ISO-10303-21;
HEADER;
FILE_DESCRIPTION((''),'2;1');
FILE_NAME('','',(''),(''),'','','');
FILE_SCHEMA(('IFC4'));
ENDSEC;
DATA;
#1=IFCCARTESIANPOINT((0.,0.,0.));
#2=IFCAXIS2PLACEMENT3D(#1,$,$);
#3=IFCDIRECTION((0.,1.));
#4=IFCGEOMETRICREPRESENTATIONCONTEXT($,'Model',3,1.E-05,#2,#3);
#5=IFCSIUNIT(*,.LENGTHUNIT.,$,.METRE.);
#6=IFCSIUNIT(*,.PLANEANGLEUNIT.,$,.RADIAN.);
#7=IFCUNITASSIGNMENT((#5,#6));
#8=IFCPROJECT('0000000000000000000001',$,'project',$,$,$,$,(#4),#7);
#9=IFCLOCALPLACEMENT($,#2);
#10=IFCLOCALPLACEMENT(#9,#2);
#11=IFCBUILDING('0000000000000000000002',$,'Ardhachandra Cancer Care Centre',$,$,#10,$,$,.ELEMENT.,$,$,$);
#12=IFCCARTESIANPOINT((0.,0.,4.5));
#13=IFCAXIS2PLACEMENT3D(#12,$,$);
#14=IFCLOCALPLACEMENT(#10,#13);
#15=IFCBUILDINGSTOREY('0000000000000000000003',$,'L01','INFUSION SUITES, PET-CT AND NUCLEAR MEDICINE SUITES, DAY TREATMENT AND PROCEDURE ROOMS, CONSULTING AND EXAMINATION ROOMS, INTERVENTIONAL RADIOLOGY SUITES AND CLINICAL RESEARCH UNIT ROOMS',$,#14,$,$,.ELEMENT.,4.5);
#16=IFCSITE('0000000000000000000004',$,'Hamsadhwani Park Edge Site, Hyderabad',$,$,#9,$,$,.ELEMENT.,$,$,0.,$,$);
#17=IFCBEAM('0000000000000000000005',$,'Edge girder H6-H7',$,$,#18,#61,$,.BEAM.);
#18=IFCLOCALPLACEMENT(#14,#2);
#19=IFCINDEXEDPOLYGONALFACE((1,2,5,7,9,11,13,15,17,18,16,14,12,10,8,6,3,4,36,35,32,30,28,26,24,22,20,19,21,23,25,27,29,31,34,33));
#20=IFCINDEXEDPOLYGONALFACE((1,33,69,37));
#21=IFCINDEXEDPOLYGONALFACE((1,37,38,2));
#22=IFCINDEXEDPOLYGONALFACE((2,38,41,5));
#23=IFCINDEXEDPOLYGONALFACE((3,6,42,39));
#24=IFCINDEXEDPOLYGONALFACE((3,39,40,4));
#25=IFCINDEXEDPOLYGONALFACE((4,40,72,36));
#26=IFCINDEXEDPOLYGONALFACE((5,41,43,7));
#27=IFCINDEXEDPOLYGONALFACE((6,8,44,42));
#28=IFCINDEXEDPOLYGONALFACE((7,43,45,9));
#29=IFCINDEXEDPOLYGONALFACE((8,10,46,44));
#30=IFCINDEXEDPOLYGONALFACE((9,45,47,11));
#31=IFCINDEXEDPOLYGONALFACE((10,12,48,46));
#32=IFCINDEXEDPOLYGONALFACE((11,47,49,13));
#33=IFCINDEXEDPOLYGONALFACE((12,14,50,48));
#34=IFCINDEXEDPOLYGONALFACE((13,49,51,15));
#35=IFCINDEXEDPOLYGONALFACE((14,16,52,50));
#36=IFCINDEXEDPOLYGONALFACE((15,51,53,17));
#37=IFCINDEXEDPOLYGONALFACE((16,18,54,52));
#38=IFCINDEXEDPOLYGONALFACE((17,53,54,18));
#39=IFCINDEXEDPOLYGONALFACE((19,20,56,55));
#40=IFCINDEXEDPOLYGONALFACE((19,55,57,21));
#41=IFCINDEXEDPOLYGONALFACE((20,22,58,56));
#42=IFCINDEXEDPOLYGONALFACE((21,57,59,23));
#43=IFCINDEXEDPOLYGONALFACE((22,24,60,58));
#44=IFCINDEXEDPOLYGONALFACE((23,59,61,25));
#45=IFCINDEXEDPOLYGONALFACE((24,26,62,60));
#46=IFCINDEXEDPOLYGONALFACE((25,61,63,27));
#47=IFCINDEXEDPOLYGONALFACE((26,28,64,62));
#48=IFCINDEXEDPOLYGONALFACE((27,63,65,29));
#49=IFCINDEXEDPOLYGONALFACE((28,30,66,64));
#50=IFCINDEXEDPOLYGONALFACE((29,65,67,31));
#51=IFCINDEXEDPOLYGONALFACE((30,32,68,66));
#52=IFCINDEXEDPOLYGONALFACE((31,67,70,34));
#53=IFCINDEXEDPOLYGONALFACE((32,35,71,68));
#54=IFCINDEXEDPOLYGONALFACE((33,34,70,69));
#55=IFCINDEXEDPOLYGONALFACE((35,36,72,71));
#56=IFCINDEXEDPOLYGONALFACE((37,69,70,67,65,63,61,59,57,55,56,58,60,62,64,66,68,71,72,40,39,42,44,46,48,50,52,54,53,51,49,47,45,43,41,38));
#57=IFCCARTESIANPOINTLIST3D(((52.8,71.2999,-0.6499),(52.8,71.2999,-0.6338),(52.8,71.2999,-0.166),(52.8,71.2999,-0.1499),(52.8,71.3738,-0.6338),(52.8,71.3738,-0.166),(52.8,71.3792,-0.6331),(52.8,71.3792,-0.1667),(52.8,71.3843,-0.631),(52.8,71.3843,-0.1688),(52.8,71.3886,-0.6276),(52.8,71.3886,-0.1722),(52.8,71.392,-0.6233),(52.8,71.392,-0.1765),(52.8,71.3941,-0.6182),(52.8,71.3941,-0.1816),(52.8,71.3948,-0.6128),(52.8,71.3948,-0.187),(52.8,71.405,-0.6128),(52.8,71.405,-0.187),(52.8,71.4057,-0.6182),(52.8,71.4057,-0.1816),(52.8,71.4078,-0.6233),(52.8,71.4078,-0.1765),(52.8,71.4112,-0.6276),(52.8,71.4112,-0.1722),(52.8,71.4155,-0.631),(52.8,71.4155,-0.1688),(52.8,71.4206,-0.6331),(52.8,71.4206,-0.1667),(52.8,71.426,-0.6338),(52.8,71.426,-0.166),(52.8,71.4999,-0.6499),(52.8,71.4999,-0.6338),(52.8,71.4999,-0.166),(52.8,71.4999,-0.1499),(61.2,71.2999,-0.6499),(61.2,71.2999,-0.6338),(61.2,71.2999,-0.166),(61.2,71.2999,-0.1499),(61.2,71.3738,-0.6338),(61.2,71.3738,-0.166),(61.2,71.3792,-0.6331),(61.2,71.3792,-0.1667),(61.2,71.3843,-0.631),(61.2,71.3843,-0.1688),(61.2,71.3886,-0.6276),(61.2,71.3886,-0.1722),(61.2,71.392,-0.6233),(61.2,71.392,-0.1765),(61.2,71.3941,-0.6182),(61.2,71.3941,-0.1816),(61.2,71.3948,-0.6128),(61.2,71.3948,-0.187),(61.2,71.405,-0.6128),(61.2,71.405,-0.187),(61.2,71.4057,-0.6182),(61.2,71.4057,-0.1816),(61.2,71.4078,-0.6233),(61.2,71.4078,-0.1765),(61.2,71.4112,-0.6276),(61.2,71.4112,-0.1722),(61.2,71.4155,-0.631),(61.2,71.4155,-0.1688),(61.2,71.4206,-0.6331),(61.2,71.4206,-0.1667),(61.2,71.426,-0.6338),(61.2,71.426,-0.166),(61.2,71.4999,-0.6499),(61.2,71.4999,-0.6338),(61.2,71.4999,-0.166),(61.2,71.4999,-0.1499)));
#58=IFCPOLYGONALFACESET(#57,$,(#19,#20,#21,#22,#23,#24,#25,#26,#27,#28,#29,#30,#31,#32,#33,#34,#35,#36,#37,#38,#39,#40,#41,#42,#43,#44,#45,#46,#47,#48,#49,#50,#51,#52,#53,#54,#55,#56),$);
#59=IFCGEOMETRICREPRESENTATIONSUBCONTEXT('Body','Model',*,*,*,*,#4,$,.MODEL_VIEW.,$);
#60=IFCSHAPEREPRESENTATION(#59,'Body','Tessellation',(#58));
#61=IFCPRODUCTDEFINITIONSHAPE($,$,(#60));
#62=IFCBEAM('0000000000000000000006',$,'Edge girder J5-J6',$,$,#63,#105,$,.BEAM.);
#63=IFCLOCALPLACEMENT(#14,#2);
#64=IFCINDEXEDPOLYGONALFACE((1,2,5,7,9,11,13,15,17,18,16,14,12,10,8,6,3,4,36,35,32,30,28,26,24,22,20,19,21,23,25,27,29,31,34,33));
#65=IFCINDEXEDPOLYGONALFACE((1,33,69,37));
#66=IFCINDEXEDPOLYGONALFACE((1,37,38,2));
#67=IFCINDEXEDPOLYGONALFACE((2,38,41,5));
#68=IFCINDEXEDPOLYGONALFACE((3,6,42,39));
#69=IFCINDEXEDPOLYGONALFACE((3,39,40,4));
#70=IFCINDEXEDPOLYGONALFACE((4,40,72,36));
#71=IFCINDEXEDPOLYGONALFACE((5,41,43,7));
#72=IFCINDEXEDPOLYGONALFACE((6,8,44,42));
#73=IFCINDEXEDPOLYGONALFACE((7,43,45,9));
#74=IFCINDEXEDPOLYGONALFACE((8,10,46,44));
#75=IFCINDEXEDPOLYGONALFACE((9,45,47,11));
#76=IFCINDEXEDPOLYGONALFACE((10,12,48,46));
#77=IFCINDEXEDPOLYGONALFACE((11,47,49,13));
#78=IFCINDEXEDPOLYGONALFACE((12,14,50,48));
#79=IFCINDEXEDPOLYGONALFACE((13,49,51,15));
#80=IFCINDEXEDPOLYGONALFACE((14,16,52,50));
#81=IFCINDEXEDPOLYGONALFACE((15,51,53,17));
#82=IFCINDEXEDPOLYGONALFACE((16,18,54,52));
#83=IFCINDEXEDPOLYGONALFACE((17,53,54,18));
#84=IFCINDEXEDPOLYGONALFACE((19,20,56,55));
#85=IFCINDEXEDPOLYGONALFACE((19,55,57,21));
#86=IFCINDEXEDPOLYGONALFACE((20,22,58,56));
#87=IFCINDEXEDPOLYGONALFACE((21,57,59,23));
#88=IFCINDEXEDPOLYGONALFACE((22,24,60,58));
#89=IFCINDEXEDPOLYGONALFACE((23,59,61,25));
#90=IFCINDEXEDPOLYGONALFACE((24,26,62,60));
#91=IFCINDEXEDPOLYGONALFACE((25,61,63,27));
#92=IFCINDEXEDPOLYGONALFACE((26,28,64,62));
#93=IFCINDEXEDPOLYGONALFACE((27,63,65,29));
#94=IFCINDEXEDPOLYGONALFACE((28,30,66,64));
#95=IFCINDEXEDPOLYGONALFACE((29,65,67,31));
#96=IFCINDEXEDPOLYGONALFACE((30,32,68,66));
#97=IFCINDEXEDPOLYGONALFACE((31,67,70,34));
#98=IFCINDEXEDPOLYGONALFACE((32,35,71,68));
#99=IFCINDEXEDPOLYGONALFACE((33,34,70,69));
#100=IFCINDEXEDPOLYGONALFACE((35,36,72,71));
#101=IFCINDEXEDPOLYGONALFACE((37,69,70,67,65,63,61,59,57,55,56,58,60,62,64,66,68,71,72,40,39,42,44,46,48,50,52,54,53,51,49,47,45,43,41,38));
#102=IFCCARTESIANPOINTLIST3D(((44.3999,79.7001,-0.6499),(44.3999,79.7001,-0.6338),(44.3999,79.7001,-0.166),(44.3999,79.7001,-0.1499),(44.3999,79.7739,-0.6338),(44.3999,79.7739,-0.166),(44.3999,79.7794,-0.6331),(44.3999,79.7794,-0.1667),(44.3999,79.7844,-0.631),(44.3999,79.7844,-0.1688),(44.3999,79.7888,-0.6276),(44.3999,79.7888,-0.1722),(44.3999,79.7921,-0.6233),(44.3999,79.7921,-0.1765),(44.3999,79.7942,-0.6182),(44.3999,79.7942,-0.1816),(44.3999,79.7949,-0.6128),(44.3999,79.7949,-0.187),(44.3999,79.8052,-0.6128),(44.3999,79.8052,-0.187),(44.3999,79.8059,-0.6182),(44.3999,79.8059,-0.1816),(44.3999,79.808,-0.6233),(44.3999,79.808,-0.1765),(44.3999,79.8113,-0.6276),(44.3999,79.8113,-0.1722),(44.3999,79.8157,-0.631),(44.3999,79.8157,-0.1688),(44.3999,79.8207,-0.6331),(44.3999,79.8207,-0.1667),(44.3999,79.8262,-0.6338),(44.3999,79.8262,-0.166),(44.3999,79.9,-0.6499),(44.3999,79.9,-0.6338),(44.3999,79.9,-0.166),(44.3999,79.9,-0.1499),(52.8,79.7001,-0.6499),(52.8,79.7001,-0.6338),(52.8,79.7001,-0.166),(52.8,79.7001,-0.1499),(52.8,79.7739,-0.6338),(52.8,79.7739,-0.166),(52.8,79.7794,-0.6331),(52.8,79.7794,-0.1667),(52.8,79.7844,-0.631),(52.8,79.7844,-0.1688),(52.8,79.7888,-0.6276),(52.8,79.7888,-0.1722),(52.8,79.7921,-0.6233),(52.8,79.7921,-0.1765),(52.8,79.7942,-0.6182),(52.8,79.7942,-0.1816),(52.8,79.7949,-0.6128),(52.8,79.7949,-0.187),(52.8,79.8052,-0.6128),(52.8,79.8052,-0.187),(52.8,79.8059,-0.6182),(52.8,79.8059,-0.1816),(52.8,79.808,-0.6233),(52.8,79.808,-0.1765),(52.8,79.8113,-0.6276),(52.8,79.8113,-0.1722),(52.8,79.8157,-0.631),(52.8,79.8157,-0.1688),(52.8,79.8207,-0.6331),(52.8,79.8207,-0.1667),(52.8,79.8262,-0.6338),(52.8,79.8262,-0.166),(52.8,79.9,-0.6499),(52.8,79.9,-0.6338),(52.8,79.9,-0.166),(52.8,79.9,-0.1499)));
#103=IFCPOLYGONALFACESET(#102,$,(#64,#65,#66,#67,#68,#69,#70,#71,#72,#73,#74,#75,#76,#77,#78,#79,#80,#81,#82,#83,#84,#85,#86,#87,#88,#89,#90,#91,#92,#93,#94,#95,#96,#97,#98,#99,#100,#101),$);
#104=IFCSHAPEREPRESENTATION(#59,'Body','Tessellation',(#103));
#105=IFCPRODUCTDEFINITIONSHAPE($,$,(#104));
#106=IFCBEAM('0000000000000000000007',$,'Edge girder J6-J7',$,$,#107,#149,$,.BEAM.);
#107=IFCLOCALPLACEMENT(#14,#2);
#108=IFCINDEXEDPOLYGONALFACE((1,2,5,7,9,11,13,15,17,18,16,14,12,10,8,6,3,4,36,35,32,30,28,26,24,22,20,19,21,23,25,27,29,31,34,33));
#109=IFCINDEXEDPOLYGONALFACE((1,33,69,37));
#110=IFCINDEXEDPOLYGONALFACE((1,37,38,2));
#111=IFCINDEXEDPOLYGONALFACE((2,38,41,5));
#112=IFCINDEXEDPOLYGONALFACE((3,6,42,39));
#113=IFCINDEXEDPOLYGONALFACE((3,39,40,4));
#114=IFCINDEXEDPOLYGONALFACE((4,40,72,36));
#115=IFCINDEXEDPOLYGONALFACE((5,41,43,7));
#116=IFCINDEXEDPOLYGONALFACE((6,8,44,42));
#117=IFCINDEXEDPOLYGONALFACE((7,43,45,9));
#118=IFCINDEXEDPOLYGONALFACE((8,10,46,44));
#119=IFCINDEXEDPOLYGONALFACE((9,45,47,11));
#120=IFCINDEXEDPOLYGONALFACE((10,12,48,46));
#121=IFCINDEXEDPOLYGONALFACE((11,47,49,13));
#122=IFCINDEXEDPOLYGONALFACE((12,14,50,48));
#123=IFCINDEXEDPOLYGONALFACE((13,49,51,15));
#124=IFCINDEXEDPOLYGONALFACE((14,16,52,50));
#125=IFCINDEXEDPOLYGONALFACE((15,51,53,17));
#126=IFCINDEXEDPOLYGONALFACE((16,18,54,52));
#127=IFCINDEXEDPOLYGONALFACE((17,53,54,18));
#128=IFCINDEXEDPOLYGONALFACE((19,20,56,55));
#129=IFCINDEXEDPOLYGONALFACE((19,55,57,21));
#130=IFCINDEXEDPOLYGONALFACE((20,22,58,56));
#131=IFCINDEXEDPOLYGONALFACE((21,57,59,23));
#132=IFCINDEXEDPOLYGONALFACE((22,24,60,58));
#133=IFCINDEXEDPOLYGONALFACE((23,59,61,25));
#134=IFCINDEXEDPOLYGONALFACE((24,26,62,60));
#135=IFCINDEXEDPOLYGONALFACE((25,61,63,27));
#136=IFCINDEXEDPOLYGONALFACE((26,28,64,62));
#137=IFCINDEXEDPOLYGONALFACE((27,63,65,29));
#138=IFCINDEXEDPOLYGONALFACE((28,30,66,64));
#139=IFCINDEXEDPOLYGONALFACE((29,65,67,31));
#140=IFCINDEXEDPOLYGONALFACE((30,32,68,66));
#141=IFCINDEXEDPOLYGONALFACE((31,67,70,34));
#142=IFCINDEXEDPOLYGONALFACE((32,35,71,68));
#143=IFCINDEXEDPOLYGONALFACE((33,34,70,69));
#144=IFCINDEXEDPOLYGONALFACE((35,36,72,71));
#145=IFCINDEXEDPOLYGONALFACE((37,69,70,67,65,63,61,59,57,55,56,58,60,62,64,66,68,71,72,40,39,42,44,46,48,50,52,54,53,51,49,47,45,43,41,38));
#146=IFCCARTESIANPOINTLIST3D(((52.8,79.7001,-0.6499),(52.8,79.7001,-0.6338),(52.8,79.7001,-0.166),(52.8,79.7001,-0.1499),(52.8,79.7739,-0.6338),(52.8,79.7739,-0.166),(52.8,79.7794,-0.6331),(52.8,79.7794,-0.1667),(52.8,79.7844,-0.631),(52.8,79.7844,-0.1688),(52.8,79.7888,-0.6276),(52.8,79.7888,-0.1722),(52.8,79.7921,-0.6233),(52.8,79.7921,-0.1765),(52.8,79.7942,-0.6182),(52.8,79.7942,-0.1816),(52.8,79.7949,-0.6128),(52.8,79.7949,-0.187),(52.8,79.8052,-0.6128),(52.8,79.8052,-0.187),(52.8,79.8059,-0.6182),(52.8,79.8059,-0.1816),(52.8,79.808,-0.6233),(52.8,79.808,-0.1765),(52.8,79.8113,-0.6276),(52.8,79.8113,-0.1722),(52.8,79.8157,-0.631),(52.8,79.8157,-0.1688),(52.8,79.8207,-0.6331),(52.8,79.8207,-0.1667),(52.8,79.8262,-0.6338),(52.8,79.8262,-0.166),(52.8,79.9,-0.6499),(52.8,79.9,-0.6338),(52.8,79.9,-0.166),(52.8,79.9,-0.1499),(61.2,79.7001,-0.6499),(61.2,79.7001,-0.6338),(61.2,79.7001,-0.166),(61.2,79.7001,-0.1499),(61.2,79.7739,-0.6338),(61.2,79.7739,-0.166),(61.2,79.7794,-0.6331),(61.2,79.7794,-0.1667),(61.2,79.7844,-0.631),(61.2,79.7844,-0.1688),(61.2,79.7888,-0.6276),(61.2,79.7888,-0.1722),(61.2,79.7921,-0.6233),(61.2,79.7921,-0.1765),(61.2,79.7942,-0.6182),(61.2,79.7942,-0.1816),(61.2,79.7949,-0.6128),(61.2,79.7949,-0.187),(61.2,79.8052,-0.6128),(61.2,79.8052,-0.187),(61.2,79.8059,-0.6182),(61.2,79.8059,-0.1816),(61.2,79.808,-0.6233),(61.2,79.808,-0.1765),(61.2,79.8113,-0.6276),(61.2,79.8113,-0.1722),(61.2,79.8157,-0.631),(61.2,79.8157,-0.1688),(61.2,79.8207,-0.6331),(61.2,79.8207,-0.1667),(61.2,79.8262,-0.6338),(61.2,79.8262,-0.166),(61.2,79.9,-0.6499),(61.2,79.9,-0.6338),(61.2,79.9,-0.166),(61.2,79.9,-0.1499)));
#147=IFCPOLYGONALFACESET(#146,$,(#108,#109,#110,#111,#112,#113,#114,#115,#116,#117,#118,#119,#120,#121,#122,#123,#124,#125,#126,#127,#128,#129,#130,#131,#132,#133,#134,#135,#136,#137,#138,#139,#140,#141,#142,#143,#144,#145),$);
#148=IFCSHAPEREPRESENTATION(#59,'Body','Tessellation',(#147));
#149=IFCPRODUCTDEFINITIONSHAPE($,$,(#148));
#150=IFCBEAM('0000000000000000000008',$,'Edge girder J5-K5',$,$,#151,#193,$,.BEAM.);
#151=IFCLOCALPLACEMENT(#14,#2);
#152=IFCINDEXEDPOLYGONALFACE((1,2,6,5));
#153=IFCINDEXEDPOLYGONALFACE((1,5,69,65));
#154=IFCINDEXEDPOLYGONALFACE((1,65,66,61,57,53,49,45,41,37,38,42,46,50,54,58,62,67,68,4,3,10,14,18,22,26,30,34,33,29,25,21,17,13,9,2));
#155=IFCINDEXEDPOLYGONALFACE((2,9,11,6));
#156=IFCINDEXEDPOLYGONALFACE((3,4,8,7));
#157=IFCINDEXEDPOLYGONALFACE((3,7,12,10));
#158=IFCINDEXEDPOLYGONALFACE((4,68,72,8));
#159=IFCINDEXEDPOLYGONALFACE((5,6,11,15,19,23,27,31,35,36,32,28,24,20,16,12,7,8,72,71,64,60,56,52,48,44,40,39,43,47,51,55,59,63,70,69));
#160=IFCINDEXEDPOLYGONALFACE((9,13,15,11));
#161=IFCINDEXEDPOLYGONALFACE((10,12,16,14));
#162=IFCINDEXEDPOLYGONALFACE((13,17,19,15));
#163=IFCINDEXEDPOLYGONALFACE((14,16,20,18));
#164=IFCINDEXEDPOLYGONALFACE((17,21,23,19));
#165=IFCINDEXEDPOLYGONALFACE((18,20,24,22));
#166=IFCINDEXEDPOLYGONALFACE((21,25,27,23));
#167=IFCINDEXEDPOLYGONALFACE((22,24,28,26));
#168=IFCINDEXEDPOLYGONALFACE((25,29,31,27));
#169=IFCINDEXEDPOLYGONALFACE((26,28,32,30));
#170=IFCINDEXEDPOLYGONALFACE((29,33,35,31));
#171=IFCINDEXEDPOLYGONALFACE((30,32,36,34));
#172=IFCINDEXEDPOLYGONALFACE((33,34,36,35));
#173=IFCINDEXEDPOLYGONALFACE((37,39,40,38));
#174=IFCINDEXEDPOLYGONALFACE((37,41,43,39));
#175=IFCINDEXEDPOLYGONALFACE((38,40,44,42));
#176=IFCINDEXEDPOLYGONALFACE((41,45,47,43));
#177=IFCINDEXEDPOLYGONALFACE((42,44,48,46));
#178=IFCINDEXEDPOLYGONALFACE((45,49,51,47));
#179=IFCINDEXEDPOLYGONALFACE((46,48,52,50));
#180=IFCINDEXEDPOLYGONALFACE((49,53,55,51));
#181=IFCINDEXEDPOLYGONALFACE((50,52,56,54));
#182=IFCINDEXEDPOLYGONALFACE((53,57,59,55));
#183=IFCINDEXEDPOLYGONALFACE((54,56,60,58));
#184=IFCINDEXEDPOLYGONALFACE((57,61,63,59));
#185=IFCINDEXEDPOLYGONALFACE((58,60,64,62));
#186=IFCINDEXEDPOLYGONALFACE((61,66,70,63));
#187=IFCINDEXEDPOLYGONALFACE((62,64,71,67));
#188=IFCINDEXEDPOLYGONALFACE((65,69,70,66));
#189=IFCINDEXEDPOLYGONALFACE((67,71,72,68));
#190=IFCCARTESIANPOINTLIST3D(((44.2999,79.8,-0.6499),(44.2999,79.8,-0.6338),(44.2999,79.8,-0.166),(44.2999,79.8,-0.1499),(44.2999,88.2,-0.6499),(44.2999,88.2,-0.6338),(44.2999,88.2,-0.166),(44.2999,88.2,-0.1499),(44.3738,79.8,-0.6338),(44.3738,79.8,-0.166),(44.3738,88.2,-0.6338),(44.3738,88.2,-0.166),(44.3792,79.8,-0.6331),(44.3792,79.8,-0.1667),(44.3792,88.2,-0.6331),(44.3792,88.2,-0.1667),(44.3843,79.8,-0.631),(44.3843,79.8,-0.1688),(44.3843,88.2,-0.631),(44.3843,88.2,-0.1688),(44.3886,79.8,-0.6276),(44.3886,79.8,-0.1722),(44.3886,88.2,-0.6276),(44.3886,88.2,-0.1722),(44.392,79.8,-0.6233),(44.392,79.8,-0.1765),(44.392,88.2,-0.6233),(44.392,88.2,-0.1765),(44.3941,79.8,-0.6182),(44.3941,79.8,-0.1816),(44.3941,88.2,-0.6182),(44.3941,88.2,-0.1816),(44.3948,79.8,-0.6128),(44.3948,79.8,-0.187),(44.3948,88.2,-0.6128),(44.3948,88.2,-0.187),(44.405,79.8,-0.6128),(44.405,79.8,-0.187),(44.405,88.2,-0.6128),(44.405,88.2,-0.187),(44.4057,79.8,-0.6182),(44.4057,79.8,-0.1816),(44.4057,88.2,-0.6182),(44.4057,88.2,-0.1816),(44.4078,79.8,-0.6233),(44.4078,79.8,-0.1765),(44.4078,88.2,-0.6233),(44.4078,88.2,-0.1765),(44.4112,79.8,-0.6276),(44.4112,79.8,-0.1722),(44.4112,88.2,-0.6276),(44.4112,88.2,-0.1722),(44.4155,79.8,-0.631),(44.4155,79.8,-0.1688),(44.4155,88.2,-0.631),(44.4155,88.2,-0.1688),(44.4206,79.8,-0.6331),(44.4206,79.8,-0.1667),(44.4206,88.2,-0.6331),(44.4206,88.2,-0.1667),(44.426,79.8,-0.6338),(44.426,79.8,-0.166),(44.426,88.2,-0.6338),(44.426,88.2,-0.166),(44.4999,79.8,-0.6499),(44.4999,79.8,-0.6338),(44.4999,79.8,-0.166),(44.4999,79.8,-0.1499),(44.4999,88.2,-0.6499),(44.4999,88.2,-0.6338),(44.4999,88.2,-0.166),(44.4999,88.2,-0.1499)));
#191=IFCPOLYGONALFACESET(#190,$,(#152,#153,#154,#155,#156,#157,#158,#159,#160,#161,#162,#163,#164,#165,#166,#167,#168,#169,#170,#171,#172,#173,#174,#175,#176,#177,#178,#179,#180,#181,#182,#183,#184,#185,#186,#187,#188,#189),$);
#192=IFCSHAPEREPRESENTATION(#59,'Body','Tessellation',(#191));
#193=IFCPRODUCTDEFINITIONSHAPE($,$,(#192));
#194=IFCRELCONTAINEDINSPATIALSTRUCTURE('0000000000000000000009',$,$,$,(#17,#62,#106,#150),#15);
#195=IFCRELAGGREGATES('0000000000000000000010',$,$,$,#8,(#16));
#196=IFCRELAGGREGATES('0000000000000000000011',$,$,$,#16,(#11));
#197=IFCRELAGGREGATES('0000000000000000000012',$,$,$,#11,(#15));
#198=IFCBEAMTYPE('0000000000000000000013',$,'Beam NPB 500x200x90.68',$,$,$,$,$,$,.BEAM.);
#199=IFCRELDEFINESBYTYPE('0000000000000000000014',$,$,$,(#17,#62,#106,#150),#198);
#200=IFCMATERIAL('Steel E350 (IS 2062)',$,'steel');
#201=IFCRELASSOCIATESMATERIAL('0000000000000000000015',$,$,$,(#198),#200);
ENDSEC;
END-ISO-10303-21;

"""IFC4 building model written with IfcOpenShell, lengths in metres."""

from ifc_helpers import new_model, si_unit, direction, frame, origin, origin_2d, place, context, subcontext, project, spatial, i_section, extrude, material, material_profile, profile_set, type_object, element, save


model = new_model("IFC4")

# Units and contexts
model_context = context("Model", 3, precision=1e-05, world=origin(), true_north=direction((0.0, 1.0)))
body_context = subcontext(model_context, "Body", "Model", "MODEL_VIEW")
ifc_project = project(units=[si_unit("LENGTHUNIT", "METRE"), si_unit("PLANEANGLEUNIT", "RADIAN")], contexts=[model_context])

# Site, building, storey
site_placement = place(None, origin())
site = spatial("IfcSite", under=ifc_project, at=site_placement, Name="Hamsadhwani Park Edge Site, Hyderabad", CompositionType="ELEMENT", RefElevation=0.0)
building_placement = place(site_placement, origin())
building = spatial("IfcBuilding", under=site, at=building_placement, Name="Ardhachandra Cancer Care Centre", CompositionType="ELEMENT")
storey_placement = place(building_placement, frame((0.0, 0.0, 4.5)))
storey = spatial("IfcBuildingStorey", under=building, at=storey_placement, Name="L01", Description="INFUSION SUITES, PET-CT AND NUCLEAR MEDICINE SUITES, DAY TREATMENT AND PROCEDURE ROOMS, CONSULTING AND EXAMINATION ROOMS, INTERVENTIONAL RADIOLOGY SUITES AND CLINICAL RESEARCH UNIT ROOMS", CompositionType="ELEMENT", Elevation=4.5)

# Beams
ifc_material_1 = material(Name="Steel E350 (IS 2062)", Category="steel")
ifc_material_profile_1 = material_profile(ifc_material_1, i_section(OverallWidth=0.2, OverallDepth=0.5, WebThickness=0.0103, FlangeThickness=0.0161, FilletRadius=0.021, at=origin_2d()), Name="NPB 500x200x90.68")
ifc_profile_set_1 = profile_set([ifc_material_profile_1], Name="Steel E350 (IS 2062)")
beam_type_1 = type_object("IfcBeamType", Name="Beam NPB 500x200x90.68", PredefinedType="BEAM", material=ifc_profile_set_1)
beam_1_placement = place(storey_placement, frame((52.8, 71.3999, -0.3999), z_axis=(1.0, 0.0, 0.0), x_axis=(0.0, 1.0, 0.0)))
element("IfcBeam", 1, at=beam_1_placement, inside=storey, type_object=beam_type_1, Name="Edge girder H6-H7", PredefinedType="BEAM", context=body_context, shape_type="SweptSolid", body=[
    extrude(i_section(OverallWidth=0.2, OverallDepth=0.5, WebThickness=0.0103, FlangeThickness=0.0161, FilletRadius=0.021, at=origin_2d()), origin(), (0.0, 0.0, 1.0), 8.3999),
])
beam_2_placement = place(storey_placement, frame((44.3999, 79.8, -0.3999), z_axis=(1.0, 0.0, 0.0), x_axis=(0.0, 1.0, 0.0)))
element("IfcBeam", 2, at=beam_2_placement, inside=storey, type_object=beam_type_1, Name="Edge girder J5-J6", PredefinedType="BEAM", context=body_context, shape_type="SweptSolid", body=[
    extrude(i_section(OverallWidth=0.2, OverallDepth=0.5, WebThickness=0.0103, FlangeThickness=0.0161, FilletRadius=0.021, at=origin_2d()), origin(), (0.0, 0.0, 1.0), 8.4001),
])
for number, where, z_axis, x_axis, name in (
    (3, (52.8, 79.8, -0.3999), (1.0, 0.0, 0.0), (0.0, 1.0, 0.0), "Edge girder J6-J7"),
    (4, (44.3999, 79.8, -0.3999), (0.0, 1.0, 0.0), (-1.0, 0.0, 0.0), "Edge girder J5-K5"),
):
    element("IfcBeam", number, at=place(storey_placement, frame(where, z_axis=z_axis, x_axis=x_axis)), inside=storey, type_object=beam_type_1, Name=name, PredefinedType="BEAM", context=body_context, shape_type="SweptSolid", body=[
        extrude(i_section(OverallWidth=0.2, OverallDepth=0.5, WebThickness=0.0103, FlangeThickness=0.0161, FilletRadius=0.021, at=origin_2d()), origin(), (0.0, 0.0, 1.0), 8.3999),
    ])

save(model, "model.ifc")
